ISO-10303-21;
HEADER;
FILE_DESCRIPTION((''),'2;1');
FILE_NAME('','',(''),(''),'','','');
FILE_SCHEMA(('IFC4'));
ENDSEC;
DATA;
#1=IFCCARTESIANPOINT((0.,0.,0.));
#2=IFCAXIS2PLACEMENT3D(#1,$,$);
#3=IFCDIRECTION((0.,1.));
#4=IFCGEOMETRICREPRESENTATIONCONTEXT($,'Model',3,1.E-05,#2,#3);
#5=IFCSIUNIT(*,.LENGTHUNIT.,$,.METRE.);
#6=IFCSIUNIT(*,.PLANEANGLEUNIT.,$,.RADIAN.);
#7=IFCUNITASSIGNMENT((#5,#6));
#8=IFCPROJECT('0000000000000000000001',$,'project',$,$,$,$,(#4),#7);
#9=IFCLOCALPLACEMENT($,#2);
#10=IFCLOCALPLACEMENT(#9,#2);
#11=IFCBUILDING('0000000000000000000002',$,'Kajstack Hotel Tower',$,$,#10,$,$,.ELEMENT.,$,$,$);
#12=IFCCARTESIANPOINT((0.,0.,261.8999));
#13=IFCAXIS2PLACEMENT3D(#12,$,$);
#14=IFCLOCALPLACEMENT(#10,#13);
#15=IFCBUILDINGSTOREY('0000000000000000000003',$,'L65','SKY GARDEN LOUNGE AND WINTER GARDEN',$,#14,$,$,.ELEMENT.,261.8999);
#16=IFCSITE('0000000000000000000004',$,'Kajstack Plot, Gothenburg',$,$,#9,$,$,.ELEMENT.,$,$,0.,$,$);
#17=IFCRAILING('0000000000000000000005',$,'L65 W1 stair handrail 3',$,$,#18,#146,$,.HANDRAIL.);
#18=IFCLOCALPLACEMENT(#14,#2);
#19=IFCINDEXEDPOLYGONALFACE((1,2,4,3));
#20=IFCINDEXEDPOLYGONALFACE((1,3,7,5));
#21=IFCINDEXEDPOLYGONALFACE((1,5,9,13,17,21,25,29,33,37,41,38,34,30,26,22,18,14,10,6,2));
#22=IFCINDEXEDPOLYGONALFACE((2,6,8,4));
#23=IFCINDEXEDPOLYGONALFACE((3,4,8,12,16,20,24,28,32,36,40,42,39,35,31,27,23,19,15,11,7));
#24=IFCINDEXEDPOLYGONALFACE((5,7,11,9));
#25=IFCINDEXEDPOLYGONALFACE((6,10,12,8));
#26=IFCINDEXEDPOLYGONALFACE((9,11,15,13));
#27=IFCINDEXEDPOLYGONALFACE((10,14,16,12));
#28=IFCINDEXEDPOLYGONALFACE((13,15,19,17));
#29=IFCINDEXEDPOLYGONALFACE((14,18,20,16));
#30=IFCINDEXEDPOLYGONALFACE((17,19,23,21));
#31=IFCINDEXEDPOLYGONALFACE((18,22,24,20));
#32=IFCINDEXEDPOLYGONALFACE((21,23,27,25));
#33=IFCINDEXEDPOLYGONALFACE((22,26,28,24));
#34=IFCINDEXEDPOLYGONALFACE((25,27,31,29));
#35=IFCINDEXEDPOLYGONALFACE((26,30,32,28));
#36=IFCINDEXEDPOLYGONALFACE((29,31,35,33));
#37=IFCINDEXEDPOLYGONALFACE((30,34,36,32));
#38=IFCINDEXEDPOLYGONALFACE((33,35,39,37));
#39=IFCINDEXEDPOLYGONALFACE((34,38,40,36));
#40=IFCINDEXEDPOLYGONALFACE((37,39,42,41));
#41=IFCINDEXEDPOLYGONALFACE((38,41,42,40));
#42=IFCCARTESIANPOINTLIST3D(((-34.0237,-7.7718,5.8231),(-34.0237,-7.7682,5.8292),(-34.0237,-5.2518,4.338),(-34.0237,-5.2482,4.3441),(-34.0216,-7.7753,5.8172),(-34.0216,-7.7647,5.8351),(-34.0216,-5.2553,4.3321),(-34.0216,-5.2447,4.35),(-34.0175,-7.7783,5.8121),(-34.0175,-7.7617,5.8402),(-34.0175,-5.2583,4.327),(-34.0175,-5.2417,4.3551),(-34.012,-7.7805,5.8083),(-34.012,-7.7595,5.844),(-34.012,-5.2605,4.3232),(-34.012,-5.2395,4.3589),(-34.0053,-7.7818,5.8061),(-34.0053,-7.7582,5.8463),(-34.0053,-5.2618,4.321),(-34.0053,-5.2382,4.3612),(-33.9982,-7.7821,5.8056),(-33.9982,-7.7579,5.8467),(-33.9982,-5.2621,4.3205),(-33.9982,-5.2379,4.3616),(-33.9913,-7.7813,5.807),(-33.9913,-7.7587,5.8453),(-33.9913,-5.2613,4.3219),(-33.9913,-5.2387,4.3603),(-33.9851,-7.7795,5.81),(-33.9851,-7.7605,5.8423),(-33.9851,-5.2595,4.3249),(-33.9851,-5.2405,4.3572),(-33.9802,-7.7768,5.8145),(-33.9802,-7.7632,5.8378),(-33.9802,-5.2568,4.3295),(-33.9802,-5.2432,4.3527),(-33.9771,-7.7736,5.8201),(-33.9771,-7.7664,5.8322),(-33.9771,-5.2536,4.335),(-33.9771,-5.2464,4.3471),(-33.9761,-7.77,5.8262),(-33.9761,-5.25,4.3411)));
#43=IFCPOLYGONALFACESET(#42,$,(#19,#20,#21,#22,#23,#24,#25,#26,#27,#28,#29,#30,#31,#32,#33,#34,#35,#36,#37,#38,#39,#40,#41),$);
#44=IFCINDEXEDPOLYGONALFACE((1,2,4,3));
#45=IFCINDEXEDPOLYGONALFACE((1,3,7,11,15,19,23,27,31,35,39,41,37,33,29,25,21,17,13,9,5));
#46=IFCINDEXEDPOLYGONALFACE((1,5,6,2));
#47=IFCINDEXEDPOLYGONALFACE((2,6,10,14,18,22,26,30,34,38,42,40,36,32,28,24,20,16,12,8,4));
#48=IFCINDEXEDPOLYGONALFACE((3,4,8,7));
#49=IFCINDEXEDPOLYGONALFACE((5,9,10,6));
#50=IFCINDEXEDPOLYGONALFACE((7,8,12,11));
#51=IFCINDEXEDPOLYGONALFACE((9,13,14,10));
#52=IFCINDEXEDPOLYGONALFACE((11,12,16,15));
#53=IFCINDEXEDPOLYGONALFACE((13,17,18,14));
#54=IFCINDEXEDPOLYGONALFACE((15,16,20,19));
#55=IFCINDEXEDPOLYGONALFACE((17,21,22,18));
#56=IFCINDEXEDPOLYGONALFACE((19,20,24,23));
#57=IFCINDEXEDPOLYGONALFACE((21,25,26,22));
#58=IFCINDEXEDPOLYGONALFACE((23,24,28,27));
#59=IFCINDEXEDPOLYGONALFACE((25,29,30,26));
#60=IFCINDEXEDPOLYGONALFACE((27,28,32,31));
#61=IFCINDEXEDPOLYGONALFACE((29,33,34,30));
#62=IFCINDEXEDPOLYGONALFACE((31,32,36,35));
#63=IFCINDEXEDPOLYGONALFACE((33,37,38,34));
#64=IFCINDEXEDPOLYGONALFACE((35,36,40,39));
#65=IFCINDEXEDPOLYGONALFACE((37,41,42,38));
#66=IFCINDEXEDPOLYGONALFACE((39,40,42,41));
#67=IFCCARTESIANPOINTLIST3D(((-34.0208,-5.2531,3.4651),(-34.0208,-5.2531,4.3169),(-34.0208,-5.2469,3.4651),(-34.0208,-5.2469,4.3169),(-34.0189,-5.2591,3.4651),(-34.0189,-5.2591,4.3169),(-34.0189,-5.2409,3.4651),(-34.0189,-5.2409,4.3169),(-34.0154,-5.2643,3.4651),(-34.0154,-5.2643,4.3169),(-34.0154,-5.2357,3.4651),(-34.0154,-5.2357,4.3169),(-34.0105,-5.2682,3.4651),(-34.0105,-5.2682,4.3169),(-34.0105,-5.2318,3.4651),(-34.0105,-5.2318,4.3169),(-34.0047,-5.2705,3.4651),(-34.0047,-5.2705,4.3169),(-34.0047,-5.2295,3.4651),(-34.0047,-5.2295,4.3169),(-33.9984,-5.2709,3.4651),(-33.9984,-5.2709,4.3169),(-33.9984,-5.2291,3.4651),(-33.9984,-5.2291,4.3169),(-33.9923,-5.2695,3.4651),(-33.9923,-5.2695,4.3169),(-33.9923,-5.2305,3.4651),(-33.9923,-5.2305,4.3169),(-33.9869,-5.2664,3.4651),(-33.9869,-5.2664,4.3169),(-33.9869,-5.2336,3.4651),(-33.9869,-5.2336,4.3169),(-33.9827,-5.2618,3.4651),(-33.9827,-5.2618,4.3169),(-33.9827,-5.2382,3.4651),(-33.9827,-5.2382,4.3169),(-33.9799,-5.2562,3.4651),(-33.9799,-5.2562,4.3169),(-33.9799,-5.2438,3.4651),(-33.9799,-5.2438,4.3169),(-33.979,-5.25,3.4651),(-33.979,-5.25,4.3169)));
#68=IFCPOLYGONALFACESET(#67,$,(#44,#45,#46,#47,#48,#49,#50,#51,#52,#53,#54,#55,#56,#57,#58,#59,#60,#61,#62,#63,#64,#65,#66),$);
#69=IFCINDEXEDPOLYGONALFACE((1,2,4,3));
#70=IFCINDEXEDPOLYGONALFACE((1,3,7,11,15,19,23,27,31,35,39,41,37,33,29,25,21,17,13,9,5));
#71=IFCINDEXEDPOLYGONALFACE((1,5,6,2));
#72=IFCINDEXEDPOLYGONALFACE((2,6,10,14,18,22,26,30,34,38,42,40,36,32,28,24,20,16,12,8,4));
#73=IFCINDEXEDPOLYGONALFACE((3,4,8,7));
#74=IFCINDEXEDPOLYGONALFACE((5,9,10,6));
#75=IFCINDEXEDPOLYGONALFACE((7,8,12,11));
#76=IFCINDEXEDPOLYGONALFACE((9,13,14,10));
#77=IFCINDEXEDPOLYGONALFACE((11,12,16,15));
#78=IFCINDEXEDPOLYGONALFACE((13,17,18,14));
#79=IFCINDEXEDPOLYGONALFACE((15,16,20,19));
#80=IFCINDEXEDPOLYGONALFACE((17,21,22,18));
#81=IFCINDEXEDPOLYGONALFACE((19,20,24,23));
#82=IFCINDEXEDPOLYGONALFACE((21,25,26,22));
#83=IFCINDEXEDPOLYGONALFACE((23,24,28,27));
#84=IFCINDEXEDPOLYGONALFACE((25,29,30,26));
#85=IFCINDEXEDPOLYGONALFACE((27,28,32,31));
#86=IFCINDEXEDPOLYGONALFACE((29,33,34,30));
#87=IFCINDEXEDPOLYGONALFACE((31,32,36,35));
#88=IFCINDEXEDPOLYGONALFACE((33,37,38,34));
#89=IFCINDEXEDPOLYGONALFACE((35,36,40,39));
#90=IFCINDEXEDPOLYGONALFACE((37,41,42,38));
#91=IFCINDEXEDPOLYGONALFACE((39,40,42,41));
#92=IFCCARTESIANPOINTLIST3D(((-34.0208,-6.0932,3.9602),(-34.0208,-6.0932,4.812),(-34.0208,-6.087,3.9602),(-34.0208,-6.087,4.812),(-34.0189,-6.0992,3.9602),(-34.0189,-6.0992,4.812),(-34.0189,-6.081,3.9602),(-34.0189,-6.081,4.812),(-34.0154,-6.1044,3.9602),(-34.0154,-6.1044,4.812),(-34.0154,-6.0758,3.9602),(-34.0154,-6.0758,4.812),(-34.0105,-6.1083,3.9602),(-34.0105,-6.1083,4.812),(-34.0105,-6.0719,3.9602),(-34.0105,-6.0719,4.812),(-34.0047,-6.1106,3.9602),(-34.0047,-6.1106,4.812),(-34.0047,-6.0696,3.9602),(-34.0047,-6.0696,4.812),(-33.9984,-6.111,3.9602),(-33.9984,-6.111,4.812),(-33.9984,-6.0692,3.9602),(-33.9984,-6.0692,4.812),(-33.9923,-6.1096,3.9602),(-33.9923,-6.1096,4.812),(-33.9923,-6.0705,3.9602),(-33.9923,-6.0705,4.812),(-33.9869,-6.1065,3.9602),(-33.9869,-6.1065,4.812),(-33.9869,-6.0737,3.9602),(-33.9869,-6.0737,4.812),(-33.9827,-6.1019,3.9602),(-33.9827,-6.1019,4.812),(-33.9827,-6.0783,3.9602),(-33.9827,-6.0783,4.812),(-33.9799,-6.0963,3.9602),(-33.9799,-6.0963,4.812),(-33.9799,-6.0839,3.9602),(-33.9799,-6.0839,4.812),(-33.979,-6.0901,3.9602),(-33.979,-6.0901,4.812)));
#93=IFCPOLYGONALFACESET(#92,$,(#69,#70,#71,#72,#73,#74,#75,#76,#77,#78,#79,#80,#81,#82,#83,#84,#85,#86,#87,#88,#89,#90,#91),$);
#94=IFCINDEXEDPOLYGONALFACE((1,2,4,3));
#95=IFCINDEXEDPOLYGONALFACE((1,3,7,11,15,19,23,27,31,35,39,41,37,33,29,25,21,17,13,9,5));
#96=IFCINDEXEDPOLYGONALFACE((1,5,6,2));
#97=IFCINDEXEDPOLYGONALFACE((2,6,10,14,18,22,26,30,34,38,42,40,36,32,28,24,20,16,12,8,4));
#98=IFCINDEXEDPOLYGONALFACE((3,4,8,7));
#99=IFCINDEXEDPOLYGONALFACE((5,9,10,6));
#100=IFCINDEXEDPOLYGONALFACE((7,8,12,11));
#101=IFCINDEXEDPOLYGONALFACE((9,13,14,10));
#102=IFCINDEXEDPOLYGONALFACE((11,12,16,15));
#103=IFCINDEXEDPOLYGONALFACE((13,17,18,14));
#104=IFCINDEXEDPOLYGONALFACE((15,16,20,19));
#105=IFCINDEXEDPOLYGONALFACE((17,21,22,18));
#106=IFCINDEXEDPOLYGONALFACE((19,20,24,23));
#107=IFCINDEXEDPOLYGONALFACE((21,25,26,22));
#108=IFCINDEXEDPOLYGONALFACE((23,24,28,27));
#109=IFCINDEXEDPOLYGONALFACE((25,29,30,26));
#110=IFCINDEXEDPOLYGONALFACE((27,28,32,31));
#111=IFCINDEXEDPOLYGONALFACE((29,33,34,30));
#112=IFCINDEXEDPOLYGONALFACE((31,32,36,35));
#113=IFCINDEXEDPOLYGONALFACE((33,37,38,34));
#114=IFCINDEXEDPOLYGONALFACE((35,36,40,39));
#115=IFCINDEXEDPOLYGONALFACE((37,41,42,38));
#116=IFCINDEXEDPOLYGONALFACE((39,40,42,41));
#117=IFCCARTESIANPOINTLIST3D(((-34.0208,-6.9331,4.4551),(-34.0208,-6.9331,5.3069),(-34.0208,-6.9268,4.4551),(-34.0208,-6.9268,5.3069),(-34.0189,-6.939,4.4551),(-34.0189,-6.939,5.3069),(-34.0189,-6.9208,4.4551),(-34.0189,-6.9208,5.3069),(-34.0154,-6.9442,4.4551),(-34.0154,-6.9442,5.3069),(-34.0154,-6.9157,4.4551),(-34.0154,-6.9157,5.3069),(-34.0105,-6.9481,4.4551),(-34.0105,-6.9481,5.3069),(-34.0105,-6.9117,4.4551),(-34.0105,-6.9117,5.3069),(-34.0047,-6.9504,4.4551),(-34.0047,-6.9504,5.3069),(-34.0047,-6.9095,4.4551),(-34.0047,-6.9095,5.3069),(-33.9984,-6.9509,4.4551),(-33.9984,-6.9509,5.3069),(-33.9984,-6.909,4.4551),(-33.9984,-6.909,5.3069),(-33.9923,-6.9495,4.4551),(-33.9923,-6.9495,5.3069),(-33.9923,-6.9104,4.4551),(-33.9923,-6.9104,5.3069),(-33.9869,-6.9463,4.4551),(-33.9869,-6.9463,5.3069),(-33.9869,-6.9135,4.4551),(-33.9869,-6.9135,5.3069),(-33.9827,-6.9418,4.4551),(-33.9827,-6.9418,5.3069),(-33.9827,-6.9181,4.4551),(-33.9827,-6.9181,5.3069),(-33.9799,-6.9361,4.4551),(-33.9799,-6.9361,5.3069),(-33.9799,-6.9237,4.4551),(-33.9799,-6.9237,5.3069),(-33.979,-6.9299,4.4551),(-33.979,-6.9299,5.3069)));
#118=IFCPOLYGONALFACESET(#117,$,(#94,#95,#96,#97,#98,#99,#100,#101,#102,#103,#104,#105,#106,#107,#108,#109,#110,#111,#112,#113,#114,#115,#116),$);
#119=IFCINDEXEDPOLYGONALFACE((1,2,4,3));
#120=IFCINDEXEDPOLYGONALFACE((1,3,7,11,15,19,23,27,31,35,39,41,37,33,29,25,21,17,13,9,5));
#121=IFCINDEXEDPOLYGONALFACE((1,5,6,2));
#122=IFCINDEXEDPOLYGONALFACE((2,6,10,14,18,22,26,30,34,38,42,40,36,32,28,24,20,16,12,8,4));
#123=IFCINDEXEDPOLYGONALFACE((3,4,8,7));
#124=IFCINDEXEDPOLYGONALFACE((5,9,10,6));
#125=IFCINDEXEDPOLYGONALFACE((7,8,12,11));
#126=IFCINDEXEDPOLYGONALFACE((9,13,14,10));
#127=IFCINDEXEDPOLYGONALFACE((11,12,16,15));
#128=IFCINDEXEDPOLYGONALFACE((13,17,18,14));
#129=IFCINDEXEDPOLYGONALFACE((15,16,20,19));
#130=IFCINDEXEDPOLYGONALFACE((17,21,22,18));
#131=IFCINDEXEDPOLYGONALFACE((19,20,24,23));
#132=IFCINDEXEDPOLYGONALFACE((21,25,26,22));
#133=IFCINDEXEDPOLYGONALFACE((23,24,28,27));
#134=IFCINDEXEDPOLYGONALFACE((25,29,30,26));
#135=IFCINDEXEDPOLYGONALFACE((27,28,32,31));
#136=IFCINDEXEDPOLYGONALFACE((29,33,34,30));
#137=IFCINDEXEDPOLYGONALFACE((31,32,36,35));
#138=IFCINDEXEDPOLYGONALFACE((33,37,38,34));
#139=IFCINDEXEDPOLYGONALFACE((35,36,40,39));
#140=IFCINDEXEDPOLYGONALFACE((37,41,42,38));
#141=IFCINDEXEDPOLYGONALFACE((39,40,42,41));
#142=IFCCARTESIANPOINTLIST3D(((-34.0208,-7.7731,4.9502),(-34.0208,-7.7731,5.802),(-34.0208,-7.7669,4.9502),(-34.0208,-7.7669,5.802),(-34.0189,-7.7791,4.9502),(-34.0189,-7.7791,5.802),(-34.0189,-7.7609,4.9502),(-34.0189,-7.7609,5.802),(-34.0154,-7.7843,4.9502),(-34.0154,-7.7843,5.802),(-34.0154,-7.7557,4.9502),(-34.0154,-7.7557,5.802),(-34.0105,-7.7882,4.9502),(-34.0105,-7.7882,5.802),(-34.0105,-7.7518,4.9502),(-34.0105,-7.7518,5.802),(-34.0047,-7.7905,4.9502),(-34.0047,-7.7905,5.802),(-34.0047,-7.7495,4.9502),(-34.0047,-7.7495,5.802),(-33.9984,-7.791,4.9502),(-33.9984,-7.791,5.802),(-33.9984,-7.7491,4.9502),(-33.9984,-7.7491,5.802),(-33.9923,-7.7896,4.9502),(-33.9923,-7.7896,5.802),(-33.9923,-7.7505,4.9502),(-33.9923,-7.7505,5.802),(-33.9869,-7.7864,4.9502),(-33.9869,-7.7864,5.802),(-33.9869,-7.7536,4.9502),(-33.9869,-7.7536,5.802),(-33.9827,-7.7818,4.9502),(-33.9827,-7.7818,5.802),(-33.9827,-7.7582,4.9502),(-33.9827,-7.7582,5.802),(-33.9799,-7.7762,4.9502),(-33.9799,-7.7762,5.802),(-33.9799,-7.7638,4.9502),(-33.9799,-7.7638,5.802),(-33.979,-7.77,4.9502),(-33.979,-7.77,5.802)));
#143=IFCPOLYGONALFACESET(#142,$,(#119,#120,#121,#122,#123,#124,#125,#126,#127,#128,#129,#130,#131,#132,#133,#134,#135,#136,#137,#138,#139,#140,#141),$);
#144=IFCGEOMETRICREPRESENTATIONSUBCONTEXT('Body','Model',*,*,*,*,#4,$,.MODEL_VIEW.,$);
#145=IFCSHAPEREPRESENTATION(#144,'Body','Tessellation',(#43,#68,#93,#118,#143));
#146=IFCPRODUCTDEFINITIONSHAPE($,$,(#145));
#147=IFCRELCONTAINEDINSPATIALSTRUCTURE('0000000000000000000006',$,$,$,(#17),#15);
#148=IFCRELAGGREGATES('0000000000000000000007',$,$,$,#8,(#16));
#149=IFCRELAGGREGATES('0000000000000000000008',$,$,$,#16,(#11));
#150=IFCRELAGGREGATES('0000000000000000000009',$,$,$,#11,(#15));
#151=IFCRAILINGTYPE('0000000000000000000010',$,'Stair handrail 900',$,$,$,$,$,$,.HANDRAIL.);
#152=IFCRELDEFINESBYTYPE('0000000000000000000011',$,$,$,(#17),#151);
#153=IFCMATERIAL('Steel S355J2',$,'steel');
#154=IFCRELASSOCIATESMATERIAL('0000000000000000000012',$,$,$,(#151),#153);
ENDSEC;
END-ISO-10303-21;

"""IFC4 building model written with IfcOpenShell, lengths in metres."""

from ifc_helpers import new_model, si_unit, direction, frame, origin, origin_2d, place, context, subcontext, project, spatial, circle, extrude, material, type_object, element, save


model = new_model("IFC4")

# Units and contexts
model_context = context("Model", 3, precision=1e-05, world=origin(), true_north=direction((0.0, 1.0)))
body_context = subcontext(model_context, "Body", "Model", "MODEL_VIEW")
ifc_project = project(units=[si_unit("LENGTHUNIT", "METRE"), si_unit("PLANEANGLEUNIT", "RADIAN")], contexts=[model_context])

# Site, building, storey
site_placement = place(None, origin())
site = spatial("IfcSite", under=ifc_project, at=site_placement, Name="Kajstack Plot, Gothenburg", CompositionType="ELEMENT", RefElevation=0.0)
building_placement = place(site_placement, origin())
building = spatial("IfcBuilding", under=site, at=building_placement, Name="Kajstack Hotel Tower", CompositionType="ELEMENT")
storey_placement = place(building_placement, frame((0.0, 0.0, 261.8999)))
storey = spatial("IfcBuildingStorey", under=building, at=storey_placement, Name="L65", Description="SKY GARDEN LOUNGE AND WINTER GARDEN", CompositionType="ELEMENT", Elevation=261.8999)

# Railing
ifc_material_1 = material(Name="Steel S355J2", Category="steel")
railing_type_1 = type_object("IfcRailingType", Name="Stair handrail 900", PredefinedType="HANDRAIL", material=ifc_material_1)
for number, where, name in (
    (1, (-34.0, -5.25, 3.4651), "L65 W1 stair handrail 3"),
):
    element("IfcRailing", number, at=place(storey_placement, frame(where)), inside=storey, type_object=railing_type_1, Name=name, PredefinedType="HANDRAIL", context=body_context, shape_type="SweptSolid", body=[
        extrude(circle(Radius=0.0239, at=origin_2d()), frame((0.0, 0.0, 0.876), z_axis=(0.0, -0.861524, 0.507717), x_axis=(1.0, 0.0, 0.0)), (0.0, 0.0, 1.0), 2.925),
        extrude(circle(Radius=0.021, at=origin_2d()), origin(), (0.0, 0.0, 1.0), 0.8518),
        extrude(circle(Radius=0.021, at=origin_2d()), frame((0.0, -0.8401, 0.4951)), (0.0, 0.0, 1.0), 0.8518),
        extrude(circle(Radius=0.021, at=origin_2d()), frame((0.0, -1.6799, 0.99)), (0.0, 0.0, 1.0), 0.8518),
        extrude(circle(Radius=0.021, at=origin_2d()), frame((0.0, -2.52, 1.4851)), (0.0, 0.0, 1.0), 0.8518),
    ])

save(model, "model.ifc")
